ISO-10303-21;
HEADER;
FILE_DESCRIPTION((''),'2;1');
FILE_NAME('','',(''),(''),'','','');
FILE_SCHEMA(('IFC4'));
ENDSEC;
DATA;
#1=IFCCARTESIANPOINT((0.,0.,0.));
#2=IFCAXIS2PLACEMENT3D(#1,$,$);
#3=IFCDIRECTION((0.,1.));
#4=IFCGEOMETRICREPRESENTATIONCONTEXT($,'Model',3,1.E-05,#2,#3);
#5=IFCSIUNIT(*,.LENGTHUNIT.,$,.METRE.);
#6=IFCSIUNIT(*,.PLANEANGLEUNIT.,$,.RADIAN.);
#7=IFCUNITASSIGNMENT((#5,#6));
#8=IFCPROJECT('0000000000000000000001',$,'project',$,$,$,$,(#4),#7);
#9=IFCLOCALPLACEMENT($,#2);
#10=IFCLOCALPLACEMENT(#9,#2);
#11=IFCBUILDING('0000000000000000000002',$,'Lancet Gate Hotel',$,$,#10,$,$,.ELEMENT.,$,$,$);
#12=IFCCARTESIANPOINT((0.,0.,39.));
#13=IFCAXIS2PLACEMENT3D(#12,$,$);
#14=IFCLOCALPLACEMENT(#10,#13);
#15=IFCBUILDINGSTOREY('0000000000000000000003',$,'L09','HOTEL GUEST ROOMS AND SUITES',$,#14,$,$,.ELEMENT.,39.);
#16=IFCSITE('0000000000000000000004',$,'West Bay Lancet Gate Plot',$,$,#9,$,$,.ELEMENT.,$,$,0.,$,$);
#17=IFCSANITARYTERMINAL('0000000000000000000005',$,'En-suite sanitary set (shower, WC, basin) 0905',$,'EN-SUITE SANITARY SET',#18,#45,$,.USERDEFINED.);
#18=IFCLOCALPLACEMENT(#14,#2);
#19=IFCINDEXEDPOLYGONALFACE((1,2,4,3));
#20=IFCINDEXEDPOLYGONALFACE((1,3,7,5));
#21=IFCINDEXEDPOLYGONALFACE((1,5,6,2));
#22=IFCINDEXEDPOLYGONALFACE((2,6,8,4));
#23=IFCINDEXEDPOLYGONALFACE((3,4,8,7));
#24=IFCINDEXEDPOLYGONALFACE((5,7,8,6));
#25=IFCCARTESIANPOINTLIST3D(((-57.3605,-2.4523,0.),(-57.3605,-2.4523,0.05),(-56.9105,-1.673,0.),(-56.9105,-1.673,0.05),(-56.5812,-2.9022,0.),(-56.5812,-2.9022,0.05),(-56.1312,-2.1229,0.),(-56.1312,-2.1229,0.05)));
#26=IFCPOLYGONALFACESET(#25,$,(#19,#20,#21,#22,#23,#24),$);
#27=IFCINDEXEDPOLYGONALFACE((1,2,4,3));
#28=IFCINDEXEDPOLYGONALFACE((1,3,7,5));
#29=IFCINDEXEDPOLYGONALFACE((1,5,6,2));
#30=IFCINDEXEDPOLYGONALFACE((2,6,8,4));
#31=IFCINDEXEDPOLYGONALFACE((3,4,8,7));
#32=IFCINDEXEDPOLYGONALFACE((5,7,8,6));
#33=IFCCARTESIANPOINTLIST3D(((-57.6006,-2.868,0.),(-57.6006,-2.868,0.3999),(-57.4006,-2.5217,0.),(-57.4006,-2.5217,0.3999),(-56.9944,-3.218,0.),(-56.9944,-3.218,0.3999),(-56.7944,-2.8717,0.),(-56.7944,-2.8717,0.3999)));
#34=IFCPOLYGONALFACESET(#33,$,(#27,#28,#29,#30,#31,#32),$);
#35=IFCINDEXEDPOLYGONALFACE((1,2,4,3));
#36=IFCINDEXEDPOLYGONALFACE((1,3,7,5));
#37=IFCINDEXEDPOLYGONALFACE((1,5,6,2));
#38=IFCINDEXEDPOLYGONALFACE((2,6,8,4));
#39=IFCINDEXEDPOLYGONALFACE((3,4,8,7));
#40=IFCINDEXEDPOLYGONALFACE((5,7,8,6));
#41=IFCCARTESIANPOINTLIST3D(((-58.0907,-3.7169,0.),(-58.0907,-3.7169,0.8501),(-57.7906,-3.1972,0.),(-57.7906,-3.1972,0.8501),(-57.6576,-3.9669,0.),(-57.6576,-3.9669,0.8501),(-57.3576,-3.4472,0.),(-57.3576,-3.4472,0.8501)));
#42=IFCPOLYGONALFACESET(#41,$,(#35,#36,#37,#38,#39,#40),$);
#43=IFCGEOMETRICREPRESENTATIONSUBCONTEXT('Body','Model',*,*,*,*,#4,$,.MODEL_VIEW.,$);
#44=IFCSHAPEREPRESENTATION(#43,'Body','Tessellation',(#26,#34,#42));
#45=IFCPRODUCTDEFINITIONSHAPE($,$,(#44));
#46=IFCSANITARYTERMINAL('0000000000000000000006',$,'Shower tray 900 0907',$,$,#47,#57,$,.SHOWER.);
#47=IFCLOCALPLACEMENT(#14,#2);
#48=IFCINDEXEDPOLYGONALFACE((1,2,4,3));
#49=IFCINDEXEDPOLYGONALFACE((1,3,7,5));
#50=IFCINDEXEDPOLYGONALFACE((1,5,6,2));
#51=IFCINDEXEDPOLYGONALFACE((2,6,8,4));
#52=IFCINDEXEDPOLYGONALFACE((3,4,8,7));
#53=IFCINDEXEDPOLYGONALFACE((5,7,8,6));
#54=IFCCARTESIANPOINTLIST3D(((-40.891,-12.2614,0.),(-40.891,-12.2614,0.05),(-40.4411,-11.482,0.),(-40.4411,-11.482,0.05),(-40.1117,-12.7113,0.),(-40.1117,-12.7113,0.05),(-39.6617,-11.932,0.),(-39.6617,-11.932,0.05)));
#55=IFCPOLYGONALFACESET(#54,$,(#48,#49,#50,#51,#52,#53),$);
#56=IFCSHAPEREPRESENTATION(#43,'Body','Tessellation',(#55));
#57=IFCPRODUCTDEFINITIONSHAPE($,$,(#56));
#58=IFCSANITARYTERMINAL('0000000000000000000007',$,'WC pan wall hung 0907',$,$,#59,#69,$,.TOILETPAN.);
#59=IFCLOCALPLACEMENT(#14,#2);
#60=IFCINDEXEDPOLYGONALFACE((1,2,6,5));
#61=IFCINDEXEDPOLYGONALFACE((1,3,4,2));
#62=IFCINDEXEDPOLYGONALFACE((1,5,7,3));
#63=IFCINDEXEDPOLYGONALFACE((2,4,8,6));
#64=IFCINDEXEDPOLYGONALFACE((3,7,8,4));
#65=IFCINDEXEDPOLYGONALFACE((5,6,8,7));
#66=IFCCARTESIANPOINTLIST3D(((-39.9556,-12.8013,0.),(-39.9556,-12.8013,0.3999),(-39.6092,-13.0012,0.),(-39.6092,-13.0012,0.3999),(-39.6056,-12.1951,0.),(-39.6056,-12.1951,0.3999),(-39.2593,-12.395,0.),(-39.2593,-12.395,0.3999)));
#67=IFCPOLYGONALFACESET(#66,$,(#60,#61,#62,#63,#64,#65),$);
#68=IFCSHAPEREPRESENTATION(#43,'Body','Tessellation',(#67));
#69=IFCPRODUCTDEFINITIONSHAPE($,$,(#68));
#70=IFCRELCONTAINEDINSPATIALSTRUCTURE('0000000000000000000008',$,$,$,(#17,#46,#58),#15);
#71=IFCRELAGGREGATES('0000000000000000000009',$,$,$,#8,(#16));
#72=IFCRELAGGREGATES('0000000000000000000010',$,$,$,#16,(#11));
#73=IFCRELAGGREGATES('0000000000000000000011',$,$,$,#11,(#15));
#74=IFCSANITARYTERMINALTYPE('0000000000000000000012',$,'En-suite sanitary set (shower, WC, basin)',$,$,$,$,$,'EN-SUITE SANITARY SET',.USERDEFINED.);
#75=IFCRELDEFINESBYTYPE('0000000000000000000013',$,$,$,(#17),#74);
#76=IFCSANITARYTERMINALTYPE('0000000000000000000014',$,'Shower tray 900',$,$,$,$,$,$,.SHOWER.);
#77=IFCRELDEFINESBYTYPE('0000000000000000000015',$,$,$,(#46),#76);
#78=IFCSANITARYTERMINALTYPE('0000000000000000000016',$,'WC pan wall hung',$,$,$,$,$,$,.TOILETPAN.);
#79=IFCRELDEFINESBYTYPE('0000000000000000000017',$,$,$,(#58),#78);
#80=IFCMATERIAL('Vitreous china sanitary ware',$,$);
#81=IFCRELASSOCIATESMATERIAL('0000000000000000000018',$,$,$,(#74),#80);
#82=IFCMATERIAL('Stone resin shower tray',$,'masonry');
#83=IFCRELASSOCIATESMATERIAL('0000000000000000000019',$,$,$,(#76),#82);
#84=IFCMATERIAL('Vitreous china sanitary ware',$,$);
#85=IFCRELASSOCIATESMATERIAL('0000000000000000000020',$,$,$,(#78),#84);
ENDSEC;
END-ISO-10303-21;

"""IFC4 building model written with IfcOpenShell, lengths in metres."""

from ifc_helpers import new_model, si_unit, direction, frame, origin, origin_2d, place, context, subcontext, project, spatial, rectangle, extrude, material, type_object, element, save


model = new_model("IFC4")

# Units and contexts
model_context = context("Model", 3, precision=1e-05, world=origin(), true_north=direction((0.0, 1.0)))
body_context = subcontext(model_context, "Body", "Model", "MODEL_VIEW")
ifc_project = project(units=[si_unit("LENGTHUNIT", "METRE"), si_unit("PLANEANGLEUNIT", "RADIAN")], contexts=[model_context])

# Site, building, storey
site_placement = place(None, origin())
site = spatial("IfcSite", under=ifc_project, at=site_placement, Name="West Bay Lancet Gate Plot", CompositionType="ELEMENT", RefElevation=0.0)
building_placement = place(site_placement, origin())
building = spatial("IfcBuilding", under=site, at=building_placement, Name="Lancet Gate Hotel", CompositionType="ELEMENT")
storey_placement = place(building_placement, frame((0.0, 0.0, 39.0)))
storey = spatial("IfcBuildingStorey", under=building, at=storey_placement, Name="L09", Description="HOTEL GUEST ROOMS AND SUITES", CompositionType="ELEMENT", Elevation=39.0)

# Sanitary terminals
ifc_material_1 = material(Name="Vitreous china sanitary ware")
sanitary_terminal_type_1 = type_object("IfcSanitaryTerminalType", Name="En-suite sanitary set (shower, WC, basin)", ElementType="EN-SUITE SANITARY SET", PredefinedType="USERDEFINED", material=ifc_material_1)
sanitary_terminal_1_placement = place(storey_placement, frame((-56.7458, -2.2876, 0.0), z_axis=(0.0, 0.0, 1.0), x_axis=(1.0, 0.0, 0.0)))
element("IfcSanitaryTerminal", 1, at=sanitary_terminal_1_placement, inside=storey, type_object=sanitary_terminal_type_1, Name="En-suite sanitary set (shower, WC, basin) 0905", ObjectType="EN-SUITE SANITARY SET", PredefinedType="USERDEFINED", context=body_context, shape_type="SweptSolid", body=[
    extrude(rectangle(XDim=0.8999, YDim=0.8999, at=origin_2d()), frame((0.0, 0.0, 0.0), z_axis=(0.0, 0.0, 1.0), x_axis=(0.5, 0.866025, 0.0)), (0.0, 0.0, 1.0), 0.05),
    extrude(rectangle(XDim=0.3999, YDim=0.7, at=origin_2d()), frame((-0.4517, -0.5823, 0.0), z_axis=(0.0, 0.0, 1.0), x_axis=(0.5, 0.866025, 0.0)), (0.0, 0.0, 1.0), 0.3999),
    extrude(rectangle(XDim=0.6001, YDim=0.5, at=origin_2d()), frame((-0.9783, -1.2944, 0.0), z_axis=(0.0, 0.0, 1.0), x_axis=(0.5, 0.866025, 0.0)), (0.0, 0.0, 1.0), 0.8501),
])
ifc_material_2 = material(Name="Stone resin shower tray", Category="masonry")
sanitary_terminal_type_2 = type_object("IfcSanitaryTerminalType", Name="Shower tray 900", PredefinedType="SHOWER", material=ifc_material_2)
sanitary_terminal_2_placement = place(storey_placement, frame((-40.2764, -12.0967, 0.0), z_axis=(0.0, 0.0, 1.0), x_axis=(-0.866025, 0.5, 0.0)))
element("IfcSanitaryTerminal", 2, at=sanitary_terminal_2_placement, inside=storey, type_object=sanitary_terminal_type_2, Name="Shower tray 900 0907", PredefinedType="SHOWER", context=body_context, shape_type="SweptSolid", body=[
    extrude(rectangle(XDim=0.8999, YDim=0.8999, at=origin_2d()), origin(), (0.0, 0.0, 1.0), 0.05),
])
ifc_material_3 = material(Name="Vitreous china sanitary ware")
sanitary_terminal_type_3 = type_object("IfcSanitaryTerminalType", Name="WC pan wall hung", PredefinedType="TOILETPAN", material=ifc_material_3)
sanitary_terminal_3_placement = place(storey_placement, frame((-39.6074, -12.5981, 0.0), z_axis=(0.0, 0.0, 1.0), x_axis=(-0.866025, 0.5, 0.0)))
element("IfcSanitaryTerminal", 3, at=sanitary_terminal_3_placement, inside=storey, type_object=sanitary_terminal_type_3, Name="WC pan wall hung 0907", PredefinedType="TOILETPAN", context=body_context, shape_type="SweptSolid", body=[
    extrude(rectangle(XDim=0.3999, YDim=0.7, at=origin_2d()), origin(), (0.0, 0.0, 1.0), 0.3999),
])

save(model, "model.ifc")
